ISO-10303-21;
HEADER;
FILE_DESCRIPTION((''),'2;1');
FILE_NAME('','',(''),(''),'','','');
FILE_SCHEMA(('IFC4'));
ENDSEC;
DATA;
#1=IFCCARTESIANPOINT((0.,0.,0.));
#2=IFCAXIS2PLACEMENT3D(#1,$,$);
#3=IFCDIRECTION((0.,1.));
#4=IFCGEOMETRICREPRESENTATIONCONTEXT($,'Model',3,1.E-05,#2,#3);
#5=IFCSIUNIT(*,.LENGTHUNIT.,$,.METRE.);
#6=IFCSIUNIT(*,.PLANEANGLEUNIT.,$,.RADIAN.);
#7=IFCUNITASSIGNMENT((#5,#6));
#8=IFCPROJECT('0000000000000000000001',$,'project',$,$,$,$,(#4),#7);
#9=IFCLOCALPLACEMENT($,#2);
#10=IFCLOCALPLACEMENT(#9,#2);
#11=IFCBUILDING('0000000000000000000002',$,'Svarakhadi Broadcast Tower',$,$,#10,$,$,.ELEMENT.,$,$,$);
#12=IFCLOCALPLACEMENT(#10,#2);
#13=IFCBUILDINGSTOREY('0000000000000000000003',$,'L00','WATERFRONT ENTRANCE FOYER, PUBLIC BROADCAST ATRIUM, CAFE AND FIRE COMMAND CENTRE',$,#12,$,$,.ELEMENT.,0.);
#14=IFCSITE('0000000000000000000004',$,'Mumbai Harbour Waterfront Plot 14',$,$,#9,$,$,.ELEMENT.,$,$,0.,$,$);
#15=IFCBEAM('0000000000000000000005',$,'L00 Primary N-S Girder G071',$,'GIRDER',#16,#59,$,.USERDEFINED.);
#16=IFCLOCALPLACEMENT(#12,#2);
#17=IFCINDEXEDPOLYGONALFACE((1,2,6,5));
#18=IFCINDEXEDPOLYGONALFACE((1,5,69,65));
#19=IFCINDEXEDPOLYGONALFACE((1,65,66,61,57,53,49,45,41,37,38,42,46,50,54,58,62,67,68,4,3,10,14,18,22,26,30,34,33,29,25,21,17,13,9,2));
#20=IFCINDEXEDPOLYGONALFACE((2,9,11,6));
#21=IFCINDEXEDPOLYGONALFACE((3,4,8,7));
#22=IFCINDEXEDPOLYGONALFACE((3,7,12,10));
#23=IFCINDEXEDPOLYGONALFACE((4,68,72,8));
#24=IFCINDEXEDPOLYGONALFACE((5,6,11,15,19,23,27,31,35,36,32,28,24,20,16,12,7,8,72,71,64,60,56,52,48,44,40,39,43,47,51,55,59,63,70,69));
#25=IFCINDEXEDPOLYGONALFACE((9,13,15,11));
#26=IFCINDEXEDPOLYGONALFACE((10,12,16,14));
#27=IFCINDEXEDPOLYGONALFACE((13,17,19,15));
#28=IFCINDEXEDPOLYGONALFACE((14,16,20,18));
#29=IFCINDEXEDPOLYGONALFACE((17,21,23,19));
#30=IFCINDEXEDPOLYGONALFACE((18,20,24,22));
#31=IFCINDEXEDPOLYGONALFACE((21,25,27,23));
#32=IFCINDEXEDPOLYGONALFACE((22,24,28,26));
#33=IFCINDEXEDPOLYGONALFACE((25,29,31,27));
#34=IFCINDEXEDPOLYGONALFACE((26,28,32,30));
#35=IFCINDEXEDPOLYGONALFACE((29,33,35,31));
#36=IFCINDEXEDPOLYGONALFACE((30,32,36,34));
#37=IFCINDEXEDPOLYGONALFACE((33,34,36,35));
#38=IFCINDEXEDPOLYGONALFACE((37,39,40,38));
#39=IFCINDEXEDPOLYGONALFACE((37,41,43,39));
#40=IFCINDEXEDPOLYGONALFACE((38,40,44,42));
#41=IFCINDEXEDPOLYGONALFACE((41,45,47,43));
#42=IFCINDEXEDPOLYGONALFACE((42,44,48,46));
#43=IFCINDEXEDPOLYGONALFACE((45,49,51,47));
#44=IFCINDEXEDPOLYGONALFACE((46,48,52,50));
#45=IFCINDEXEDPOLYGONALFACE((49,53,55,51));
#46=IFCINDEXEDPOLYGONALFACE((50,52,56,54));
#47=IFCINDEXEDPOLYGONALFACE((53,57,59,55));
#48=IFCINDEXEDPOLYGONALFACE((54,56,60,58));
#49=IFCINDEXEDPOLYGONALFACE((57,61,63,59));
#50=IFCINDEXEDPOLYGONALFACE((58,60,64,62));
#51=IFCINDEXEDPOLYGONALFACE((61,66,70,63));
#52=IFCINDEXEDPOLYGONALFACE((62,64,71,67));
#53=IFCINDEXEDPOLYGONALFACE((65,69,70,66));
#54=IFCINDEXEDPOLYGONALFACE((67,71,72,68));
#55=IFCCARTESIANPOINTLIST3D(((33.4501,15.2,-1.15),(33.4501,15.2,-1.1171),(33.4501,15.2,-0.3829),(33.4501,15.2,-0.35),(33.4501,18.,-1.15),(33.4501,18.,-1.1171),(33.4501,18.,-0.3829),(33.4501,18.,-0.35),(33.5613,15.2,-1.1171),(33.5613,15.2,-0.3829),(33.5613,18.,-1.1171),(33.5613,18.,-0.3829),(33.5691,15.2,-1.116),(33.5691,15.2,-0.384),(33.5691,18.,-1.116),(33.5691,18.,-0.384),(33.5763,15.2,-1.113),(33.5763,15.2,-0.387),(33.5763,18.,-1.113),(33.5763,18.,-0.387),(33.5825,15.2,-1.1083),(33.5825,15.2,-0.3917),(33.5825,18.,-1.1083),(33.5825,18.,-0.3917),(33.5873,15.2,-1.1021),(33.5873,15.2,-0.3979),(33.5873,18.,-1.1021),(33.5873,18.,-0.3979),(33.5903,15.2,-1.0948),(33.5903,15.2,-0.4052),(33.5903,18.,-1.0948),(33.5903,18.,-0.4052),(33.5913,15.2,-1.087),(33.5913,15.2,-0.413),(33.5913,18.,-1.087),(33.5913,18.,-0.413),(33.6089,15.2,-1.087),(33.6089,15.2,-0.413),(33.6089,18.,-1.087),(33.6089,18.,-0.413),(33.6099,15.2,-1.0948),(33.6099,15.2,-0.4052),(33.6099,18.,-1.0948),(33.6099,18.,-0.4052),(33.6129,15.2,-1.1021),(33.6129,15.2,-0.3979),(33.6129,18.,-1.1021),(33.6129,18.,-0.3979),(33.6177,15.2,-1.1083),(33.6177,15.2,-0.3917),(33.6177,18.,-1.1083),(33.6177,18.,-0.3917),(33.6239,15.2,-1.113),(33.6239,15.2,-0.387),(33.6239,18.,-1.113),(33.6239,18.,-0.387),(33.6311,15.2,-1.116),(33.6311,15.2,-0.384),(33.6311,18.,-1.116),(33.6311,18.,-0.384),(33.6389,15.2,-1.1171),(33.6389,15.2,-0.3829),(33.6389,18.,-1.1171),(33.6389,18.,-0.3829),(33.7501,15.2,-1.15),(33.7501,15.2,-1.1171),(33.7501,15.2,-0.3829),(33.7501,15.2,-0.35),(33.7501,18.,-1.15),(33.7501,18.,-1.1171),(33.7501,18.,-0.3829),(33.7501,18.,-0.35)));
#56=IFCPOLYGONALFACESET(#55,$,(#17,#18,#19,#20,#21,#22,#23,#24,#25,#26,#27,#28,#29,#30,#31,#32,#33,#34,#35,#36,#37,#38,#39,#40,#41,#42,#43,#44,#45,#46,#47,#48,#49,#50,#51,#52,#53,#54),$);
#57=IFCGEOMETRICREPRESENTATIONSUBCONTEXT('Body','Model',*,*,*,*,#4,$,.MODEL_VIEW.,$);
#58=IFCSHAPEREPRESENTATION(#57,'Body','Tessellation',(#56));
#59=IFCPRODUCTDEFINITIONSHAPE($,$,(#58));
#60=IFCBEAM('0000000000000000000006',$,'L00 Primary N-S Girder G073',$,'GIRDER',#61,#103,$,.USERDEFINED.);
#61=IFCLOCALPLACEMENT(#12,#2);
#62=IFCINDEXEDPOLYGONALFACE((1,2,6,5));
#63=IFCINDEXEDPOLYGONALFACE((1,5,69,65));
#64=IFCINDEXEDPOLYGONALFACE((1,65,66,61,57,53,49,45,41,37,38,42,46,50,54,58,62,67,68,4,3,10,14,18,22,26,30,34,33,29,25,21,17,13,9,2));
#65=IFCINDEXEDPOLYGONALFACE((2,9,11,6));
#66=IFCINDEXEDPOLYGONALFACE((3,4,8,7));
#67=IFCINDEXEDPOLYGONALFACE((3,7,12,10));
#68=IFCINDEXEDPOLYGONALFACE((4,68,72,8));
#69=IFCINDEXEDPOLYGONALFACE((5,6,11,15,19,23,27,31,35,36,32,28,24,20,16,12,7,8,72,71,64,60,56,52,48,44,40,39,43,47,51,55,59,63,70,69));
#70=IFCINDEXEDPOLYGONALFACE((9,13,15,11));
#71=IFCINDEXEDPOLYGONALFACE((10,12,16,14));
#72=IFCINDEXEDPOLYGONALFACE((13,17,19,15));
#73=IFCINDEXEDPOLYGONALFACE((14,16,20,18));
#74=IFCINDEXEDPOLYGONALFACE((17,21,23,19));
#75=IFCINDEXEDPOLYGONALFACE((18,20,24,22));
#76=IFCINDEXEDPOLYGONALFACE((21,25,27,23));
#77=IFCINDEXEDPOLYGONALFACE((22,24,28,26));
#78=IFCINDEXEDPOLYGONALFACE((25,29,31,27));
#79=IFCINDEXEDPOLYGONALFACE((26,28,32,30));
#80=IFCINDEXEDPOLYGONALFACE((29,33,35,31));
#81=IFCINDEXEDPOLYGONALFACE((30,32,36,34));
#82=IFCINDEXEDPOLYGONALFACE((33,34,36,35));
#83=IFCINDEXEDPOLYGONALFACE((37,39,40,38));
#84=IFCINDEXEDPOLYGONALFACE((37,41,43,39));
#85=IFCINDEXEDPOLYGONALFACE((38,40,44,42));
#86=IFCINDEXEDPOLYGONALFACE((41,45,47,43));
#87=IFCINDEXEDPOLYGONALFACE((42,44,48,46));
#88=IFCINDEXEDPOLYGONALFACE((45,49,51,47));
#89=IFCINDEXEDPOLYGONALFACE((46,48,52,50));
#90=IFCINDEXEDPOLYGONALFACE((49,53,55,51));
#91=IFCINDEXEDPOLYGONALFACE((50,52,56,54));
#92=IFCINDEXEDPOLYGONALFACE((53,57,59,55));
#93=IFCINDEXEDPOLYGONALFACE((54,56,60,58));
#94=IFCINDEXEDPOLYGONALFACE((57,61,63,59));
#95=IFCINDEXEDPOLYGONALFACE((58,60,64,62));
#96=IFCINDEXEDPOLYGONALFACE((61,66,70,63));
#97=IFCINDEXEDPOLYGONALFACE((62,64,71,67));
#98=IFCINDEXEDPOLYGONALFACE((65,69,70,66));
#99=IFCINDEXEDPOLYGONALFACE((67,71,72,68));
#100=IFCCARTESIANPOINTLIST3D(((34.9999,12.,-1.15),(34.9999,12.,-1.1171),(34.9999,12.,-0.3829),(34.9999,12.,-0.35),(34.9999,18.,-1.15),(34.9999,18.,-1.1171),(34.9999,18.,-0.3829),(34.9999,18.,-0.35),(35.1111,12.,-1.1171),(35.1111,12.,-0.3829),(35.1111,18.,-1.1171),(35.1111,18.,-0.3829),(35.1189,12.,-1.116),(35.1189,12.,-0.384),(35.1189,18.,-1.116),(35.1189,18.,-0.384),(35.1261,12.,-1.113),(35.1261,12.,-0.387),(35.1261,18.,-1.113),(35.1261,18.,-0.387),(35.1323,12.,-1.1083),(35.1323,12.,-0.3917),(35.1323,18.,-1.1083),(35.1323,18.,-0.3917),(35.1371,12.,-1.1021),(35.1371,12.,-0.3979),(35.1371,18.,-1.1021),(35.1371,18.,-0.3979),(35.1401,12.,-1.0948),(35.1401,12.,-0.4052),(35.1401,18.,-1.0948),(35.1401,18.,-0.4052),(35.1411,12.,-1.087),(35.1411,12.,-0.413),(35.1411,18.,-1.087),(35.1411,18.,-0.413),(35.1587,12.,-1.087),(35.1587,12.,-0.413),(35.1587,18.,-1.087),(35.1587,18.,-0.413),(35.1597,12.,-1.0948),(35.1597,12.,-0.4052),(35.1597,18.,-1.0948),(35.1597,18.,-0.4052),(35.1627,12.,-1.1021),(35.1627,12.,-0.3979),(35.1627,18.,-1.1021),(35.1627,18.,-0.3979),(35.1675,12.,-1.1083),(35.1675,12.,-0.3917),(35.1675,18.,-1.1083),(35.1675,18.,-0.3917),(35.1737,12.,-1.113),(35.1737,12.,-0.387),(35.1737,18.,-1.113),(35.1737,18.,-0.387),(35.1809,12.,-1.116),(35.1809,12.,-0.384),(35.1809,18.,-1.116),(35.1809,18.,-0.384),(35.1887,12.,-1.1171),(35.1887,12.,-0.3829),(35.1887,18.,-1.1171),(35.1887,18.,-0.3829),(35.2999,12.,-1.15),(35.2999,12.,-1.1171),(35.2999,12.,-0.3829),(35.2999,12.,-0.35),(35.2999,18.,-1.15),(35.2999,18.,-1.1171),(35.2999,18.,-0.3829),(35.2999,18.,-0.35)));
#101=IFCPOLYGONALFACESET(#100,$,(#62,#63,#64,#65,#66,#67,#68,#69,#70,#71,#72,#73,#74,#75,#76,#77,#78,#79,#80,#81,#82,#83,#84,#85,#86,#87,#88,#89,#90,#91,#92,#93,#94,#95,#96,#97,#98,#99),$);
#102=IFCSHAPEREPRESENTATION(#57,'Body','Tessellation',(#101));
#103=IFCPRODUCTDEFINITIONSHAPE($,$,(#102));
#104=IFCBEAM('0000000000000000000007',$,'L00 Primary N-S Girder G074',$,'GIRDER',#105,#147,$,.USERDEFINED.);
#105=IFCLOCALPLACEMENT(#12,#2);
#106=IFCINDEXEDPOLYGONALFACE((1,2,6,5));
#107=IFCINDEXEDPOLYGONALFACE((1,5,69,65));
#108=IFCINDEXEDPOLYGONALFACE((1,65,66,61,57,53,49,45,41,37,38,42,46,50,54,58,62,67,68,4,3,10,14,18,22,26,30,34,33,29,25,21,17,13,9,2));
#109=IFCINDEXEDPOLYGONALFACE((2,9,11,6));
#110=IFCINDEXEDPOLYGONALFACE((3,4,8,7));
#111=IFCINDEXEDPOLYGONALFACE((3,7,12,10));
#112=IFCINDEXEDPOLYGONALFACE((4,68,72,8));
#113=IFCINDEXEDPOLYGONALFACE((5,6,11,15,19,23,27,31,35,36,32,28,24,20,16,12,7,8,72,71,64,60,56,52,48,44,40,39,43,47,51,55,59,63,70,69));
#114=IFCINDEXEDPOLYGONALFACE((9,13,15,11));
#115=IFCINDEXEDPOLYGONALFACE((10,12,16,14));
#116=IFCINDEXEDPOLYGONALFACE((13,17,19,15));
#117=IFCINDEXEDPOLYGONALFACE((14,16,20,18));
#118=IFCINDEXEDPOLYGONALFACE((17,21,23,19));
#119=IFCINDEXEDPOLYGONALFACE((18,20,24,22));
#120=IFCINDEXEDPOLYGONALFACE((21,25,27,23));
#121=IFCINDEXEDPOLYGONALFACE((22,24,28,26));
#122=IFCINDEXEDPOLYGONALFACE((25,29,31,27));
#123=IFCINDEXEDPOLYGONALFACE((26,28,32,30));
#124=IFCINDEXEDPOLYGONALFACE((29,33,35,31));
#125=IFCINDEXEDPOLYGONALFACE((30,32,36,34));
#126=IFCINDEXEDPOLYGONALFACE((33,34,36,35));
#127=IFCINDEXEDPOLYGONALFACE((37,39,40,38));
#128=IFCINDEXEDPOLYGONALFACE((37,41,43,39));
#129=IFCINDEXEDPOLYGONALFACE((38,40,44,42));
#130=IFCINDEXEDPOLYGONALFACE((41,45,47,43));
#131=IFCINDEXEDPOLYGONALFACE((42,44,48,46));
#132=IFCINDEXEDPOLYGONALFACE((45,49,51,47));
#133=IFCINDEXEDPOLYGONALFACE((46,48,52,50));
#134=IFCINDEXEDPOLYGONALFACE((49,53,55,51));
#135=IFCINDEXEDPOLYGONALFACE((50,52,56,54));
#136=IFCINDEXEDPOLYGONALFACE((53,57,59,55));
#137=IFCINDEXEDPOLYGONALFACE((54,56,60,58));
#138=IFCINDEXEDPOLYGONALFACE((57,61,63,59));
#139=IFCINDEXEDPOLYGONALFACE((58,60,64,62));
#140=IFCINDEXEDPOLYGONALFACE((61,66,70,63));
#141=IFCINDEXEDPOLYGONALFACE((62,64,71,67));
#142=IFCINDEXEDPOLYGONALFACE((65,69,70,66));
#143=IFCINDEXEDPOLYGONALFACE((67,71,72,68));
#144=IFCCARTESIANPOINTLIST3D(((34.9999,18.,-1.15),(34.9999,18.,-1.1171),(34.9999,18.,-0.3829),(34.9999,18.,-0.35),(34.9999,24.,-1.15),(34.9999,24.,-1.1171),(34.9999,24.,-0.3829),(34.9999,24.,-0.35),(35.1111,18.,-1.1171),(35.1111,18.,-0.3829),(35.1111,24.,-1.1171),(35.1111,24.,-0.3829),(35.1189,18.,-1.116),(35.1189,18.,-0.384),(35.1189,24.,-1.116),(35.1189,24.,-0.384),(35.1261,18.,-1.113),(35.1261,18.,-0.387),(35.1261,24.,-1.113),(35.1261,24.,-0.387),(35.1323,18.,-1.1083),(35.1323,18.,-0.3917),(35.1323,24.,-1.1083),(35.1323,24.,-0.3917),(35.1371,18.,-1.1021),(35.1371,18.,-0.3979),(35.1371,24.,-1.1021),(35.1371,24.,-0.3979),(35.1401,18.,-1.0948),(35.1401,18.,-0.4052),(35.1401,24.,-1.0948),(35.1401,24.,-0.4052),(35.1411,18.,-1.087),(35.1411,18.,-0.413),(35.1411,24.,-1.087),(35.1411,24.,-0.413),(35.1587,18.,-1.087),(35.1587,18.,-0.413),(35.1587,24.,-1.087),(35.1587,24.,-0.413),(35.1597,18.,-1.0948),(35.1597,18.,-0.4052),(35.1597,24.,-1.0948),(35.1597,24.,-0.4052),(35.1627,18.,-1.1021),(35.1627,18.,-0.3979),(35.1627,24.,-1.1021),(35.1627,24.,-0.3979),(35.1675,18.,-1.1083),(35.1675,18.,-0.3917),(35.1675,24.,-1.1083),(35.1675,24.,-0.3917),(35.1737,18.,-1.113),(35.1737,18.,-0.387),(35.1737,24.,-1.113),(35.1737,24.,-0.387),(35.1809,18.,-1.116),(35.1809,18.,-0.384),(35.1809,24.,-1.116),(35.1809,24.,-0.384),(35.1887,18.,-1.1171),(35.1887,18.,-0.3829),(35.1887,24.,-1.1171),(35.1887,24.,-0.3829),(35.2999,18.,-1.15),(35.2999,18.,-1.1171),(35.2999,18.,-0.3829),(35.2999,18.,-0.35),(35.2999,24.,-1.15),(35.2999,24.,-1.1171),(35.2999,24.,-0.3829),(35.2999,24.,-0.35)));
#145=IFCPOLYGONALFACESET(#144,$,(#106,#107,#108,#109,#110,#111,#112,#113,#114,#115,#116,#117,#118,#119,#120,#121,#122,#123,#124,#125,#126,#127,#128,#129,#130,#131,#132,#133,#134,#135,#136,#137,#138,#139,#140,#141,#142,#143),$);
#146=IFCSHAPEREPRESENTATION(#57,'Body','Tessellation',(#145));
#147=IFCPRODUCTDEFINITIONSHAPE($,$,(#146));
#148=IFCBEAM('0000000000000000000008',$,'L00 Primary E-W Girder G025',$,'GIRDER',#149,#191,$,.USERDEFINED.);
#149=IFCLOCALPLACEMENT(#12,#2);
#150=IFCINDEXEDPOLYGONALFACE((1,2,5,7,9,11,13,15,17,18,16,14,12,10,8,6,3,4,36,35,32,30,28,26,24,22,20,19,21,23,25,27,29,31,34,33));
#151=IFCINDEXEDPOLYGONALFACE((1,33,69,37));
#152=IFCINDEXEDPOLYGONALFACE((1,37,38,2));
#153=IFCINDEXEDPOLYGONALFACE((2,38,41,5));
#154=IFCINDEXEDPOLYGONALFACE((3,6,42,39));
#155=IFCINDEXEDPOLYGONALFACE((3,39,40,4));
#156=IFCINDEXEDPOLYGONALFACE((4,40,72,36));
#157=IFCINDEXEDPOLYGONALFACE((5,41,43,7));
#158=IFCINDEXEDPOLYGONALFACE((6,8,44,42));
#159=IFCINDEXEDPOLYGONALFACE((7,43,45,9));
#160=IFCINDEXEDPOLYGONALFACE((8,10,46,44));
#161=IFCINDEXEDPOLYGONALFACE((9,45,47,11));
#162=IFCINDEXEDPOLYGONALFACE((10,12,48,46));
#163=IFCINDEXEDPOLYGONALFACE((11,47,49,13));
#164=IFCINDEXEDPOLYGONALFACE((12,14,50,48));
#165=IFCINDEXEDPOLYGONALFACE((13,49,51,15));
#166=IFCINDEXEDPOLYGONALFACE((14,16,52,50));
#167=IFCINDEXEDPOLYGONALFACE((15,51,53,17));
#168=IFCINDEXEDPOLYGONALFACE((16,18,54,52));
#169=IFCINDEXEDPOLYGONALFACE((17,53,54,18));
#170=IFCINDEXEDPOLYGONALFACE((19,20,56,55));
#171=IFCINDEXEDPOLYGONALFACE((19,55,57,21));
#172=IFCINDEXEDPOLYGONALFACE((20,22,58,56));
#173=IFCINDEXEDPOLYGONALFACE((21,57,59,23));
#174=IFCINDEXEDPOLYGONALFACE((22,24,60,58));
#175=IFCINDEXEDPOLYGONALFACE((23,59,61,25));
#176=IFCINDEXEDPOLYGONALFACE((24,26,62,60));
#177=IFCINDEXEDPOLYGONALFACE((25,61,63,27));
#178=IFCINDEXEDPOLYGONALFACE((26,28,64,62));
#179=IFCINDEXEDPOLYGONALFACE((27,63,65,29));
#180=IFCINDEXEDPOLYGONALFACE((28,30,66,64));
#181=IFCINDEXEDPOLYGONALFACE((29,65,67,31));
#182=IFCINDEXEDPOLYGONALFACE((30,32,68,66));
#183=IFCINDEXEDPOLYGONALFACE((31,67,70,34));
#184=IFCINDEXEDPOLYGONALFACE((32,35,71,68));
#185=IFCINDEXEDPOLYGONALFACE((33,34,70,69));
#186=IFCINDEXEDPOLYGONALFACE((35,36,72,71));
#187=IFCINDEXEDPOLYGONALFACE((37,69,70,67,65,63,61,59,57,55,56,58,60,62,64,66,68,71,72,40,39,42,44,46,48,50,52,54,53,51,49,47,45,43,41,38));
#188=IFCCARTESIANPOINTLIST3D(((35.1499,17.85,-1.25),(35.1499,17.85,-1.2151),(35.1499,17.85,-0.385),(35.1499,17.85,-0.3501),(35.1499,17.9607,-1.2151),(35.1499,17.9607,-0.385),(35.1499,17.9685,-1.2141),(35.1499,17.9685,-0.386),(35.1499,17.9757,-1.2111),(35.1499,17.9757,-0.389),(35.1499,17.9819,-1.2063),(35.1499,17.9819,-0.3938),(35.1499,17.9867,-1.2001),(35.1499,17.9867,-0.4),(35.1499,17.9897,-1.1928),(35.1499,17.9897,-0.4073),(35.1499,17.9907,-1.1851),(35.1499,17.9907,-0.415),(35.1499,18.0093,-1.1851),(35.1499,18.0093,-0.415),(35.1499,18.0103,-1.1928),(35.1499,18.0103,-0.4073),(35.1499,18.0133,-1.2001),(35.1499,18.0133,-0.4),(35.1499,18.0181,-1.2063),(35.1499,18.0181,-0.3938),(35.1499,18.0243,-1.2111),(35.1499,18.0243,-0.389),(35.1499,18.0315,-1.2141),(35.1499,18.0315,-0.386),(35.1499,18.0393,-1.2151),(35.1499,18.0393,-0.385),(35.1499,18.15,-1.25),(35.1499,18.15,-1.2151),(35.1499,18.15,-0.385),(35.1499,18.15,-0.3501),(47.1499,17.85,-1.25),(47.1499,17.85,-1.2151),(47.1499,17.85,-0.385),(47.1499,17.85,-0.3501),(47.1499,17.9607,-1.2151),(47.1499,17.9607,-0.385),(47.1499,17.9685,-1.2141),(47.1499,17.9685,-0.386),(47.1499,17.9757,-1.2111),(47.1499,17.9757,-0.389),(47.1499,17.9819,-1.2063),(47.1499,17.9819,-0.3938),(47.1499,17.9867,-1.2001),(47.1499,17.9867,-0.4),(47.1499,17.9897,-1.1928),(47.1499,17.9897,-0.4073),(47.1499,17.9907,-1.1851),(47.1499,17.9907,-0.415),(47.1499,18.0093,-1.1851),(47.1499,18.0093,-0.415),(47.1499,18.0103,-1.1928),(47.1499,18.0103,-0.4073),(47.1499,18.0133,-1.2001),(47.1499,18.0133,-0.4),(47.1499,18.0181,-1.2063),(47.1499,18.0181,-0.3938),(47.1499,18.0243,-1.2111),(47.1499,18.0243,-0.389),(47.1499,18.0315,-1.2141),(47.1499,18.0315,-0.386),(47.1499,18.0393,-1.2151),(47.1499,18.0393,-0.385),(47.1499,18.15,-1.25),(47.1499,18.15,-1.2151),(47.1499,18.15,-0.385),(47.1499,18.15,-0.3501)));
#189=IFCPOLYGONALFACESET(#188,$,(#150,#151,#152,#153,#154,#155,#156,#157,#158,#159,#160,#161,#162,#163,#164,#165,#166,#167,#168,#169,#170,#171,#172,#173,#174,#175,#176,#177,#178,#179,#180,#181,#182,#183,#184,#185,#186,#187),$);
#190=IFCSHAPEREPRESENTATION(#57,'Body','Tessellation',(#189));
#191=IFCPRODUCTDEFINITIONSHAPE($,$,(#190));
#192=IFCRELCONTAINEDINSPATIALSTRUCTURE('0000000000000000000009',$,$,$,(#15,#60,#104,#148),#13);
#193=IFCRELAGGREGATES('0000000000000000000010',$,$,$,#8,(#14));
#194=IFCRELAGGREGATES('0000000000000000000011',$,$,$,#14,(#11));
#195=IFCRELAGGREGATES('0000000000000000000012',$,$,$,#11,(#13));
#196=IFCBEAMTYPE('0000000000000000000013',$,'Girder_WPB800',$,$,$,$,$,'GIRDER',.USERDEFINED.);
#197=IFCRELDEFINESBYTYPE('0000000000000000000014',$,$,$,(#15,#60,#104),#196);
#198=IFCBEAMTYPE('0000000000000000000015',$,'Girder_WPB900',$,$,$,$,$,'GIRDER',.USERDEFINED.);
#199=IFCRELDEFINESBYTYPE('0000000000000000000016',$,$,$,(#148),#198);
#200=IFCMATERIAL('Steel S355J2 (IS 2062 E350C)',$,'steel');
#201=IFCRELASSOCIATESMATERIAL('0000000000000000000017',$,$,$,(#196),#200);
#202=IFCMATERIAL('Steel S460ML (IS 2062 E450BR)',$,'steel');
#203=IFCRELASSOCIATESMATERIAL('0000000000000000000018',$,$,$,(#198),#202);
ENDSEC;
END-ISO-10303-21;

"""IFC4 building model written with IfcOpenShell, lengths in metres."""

from ifc_helpers import new_model, si_unit, direction, frame, origin, origin_2d, place, context, subcontext, project, spatial, i_section, extrude, material, material_profile, profile_set, type_object, element, save


model = new_model("IFC4")

# Units and contexts
model_context = context("Model", 3, precision=1e-05, world=origin(), true_north=direction((0.0, 1.0)))
body_context = subcontext(model_context, "Body", "Model", "MODEL_VIEW")
ifc_project = project(units=[si_unit("LENGTHUNIT", "METRE"), si_unit("PLANEANGLEUNIT", "RADIAN")], contexts=[model_context])

# Site, building, storey
site_placement = place(None, origin())
site = spatial("IfcSite", under=ifc_project, at=site_placement, Name="Mumbai Harbour Waterfront Plot 14", CompositionType="ELEMENT", RefElevation=0.0)
building_placement = place(site_placement, origin())
building = spatial("IfcBuilding", under=site, at=building_placement, Name="Svarakhadi Broadcast Tower", CompositionType="ELEMENT")
storey_placement = place(building_placement, origin())
storey = spatial("IfcBuildingStorey", under=building, at=storey_placement, Name="L00", Description="WATERFRONT ENTRANCE FOYER, PUBLIC BROADCAST ATRIUM, CAFE AND FIRE COMMAND CENTRE", CompositionType="ELEMENT", Elevation=0.0)

# Shared definitions
ifc_material_1 = material(Name="Steel S460ML (IS 2062 E450BR)", Category="steel")

# Beams
ifc_material_2 = material(Name="Steel S355J2 (IS 2062 E350C)", Category="steel")
ifc_material_profile_1 = material_profile(ifc_material_2, i_section(OverallWidth=0.3, OverallDepth=0.8, WebThickness=0.0176, FlangeThickness=0.033, FilletRadius=0.03, at=origin_2d()), Name="WPB 800x300x262")
ifc_profile_set_1 = profile_set([ifc_material_profile_1], Name="Steel S355J2 (IS 2062 E350C)")
beam_type_1 = type_object("IfcBeamType", Name="Girder_WPB800", ElementType="GIRDER", PredefinedType="USERDEFINED", material=ifc_profile_set_1)
beam_1_placement = place(storey_placement, frame((33.6001, 15.2, -0.75), z_axis=(0.0, 1.0, 0.0), x_axis=(-1.0, 0.0, 0.0)))
element("IfcBeam", 1, at=beam_1_placement, inside=storey, type_object=beam_type_1, Name="L00 Primary N-S Girder G071", ObjectType="GIRDER", PredefinedType="USERDEFINED", context=body_context, shape_type="SweptSolid", body=[
    extrude(i_section(OverallWidth=0.3, OverallDepth=0.8, WebThickness=0.0176, FlangeThickness=0.033, FilletRadius=0.03, at=origin_2d()), origin(), (0.0, 0.0, 1.0), 2.8),
])
for number, where, z_axis, x_axis, name in (
    (2, (35.1499, 12.0, -0.75), (0.0, 1.0, 0.0), (-1.0, 0.0, 0.0), "L00 Primary N-S Girder G073"),
    (3, (35.1499, 18.0, -0.75), (0.0, 1.0, 0.0), (-1.0, 0.0, 0.0), "L00 Primary N-S Girder G074"),
):
    element("IfcBeam", number, at=place(storey_placement, frame(where, z_axis=z_axis, x_axis=x_axis)), inside=storey, type_object=beam_type_1, Name=name, ObjectType="GIRDER", PredefinedType="USERDEFINED", context=body_context, shape_type="SweptSolid", body=[
        extrude(i_section(OverallWidth=0.3, OverallDepth=0.8, WebThickness=0.0176, FlangeThickness=0.033, FilletRadius=0.03, at=origin_2d()), origin(), (0.0, 0.0, 1.0), 6.0),
    ])
ifc_material_profile_2 = material_profile(ifc_material_1, i_section(OverallWidth=0.3, OverallDepth=0.8999, WebThickness=0.0186, FlangeThickness=0.0349, FilletRadius=0.03, at=origin_2d()), Name="WPB 900x300x291")
ifc_profile_set_2 = profile_set([ifc_material_profile_2], Name="Steel S460ML (IS 2062 E450BR)")
beam_type_2 = type_object("IfcBeamType", Name="Girder_WPB900", ElementType="GIRDER", PredefinedType="USERDEFINED", material=ifc_profile_set_2)
beam_2_placement = place(storey_placement, frame((35.1499, 18.0, -0.8), z_axis=(1.0, 0.0, 0.0), x_axis=(0.0, 1.0, 0.0)))
element("IfcBeam", 4, at=beam_2_placement, inside=storey, type_object=beam_type_2, Name="L00 Primary E-W Girder G025", ObjectType="GIRDER", PredefinedType="USERDEFINED", context=body_context, shape_type="SweptSolid", body=[
    extrude(i_section(OverallWidth=0.3, OverallDepth=0.8999, WebThickness=0.0186, FlangeThickness=0.0349, FilletRadius=0.03, at=origin_2d()), origin(), (0.0, 0.0, 1.0), 12.0),
])

save(model, "model.ifc")
